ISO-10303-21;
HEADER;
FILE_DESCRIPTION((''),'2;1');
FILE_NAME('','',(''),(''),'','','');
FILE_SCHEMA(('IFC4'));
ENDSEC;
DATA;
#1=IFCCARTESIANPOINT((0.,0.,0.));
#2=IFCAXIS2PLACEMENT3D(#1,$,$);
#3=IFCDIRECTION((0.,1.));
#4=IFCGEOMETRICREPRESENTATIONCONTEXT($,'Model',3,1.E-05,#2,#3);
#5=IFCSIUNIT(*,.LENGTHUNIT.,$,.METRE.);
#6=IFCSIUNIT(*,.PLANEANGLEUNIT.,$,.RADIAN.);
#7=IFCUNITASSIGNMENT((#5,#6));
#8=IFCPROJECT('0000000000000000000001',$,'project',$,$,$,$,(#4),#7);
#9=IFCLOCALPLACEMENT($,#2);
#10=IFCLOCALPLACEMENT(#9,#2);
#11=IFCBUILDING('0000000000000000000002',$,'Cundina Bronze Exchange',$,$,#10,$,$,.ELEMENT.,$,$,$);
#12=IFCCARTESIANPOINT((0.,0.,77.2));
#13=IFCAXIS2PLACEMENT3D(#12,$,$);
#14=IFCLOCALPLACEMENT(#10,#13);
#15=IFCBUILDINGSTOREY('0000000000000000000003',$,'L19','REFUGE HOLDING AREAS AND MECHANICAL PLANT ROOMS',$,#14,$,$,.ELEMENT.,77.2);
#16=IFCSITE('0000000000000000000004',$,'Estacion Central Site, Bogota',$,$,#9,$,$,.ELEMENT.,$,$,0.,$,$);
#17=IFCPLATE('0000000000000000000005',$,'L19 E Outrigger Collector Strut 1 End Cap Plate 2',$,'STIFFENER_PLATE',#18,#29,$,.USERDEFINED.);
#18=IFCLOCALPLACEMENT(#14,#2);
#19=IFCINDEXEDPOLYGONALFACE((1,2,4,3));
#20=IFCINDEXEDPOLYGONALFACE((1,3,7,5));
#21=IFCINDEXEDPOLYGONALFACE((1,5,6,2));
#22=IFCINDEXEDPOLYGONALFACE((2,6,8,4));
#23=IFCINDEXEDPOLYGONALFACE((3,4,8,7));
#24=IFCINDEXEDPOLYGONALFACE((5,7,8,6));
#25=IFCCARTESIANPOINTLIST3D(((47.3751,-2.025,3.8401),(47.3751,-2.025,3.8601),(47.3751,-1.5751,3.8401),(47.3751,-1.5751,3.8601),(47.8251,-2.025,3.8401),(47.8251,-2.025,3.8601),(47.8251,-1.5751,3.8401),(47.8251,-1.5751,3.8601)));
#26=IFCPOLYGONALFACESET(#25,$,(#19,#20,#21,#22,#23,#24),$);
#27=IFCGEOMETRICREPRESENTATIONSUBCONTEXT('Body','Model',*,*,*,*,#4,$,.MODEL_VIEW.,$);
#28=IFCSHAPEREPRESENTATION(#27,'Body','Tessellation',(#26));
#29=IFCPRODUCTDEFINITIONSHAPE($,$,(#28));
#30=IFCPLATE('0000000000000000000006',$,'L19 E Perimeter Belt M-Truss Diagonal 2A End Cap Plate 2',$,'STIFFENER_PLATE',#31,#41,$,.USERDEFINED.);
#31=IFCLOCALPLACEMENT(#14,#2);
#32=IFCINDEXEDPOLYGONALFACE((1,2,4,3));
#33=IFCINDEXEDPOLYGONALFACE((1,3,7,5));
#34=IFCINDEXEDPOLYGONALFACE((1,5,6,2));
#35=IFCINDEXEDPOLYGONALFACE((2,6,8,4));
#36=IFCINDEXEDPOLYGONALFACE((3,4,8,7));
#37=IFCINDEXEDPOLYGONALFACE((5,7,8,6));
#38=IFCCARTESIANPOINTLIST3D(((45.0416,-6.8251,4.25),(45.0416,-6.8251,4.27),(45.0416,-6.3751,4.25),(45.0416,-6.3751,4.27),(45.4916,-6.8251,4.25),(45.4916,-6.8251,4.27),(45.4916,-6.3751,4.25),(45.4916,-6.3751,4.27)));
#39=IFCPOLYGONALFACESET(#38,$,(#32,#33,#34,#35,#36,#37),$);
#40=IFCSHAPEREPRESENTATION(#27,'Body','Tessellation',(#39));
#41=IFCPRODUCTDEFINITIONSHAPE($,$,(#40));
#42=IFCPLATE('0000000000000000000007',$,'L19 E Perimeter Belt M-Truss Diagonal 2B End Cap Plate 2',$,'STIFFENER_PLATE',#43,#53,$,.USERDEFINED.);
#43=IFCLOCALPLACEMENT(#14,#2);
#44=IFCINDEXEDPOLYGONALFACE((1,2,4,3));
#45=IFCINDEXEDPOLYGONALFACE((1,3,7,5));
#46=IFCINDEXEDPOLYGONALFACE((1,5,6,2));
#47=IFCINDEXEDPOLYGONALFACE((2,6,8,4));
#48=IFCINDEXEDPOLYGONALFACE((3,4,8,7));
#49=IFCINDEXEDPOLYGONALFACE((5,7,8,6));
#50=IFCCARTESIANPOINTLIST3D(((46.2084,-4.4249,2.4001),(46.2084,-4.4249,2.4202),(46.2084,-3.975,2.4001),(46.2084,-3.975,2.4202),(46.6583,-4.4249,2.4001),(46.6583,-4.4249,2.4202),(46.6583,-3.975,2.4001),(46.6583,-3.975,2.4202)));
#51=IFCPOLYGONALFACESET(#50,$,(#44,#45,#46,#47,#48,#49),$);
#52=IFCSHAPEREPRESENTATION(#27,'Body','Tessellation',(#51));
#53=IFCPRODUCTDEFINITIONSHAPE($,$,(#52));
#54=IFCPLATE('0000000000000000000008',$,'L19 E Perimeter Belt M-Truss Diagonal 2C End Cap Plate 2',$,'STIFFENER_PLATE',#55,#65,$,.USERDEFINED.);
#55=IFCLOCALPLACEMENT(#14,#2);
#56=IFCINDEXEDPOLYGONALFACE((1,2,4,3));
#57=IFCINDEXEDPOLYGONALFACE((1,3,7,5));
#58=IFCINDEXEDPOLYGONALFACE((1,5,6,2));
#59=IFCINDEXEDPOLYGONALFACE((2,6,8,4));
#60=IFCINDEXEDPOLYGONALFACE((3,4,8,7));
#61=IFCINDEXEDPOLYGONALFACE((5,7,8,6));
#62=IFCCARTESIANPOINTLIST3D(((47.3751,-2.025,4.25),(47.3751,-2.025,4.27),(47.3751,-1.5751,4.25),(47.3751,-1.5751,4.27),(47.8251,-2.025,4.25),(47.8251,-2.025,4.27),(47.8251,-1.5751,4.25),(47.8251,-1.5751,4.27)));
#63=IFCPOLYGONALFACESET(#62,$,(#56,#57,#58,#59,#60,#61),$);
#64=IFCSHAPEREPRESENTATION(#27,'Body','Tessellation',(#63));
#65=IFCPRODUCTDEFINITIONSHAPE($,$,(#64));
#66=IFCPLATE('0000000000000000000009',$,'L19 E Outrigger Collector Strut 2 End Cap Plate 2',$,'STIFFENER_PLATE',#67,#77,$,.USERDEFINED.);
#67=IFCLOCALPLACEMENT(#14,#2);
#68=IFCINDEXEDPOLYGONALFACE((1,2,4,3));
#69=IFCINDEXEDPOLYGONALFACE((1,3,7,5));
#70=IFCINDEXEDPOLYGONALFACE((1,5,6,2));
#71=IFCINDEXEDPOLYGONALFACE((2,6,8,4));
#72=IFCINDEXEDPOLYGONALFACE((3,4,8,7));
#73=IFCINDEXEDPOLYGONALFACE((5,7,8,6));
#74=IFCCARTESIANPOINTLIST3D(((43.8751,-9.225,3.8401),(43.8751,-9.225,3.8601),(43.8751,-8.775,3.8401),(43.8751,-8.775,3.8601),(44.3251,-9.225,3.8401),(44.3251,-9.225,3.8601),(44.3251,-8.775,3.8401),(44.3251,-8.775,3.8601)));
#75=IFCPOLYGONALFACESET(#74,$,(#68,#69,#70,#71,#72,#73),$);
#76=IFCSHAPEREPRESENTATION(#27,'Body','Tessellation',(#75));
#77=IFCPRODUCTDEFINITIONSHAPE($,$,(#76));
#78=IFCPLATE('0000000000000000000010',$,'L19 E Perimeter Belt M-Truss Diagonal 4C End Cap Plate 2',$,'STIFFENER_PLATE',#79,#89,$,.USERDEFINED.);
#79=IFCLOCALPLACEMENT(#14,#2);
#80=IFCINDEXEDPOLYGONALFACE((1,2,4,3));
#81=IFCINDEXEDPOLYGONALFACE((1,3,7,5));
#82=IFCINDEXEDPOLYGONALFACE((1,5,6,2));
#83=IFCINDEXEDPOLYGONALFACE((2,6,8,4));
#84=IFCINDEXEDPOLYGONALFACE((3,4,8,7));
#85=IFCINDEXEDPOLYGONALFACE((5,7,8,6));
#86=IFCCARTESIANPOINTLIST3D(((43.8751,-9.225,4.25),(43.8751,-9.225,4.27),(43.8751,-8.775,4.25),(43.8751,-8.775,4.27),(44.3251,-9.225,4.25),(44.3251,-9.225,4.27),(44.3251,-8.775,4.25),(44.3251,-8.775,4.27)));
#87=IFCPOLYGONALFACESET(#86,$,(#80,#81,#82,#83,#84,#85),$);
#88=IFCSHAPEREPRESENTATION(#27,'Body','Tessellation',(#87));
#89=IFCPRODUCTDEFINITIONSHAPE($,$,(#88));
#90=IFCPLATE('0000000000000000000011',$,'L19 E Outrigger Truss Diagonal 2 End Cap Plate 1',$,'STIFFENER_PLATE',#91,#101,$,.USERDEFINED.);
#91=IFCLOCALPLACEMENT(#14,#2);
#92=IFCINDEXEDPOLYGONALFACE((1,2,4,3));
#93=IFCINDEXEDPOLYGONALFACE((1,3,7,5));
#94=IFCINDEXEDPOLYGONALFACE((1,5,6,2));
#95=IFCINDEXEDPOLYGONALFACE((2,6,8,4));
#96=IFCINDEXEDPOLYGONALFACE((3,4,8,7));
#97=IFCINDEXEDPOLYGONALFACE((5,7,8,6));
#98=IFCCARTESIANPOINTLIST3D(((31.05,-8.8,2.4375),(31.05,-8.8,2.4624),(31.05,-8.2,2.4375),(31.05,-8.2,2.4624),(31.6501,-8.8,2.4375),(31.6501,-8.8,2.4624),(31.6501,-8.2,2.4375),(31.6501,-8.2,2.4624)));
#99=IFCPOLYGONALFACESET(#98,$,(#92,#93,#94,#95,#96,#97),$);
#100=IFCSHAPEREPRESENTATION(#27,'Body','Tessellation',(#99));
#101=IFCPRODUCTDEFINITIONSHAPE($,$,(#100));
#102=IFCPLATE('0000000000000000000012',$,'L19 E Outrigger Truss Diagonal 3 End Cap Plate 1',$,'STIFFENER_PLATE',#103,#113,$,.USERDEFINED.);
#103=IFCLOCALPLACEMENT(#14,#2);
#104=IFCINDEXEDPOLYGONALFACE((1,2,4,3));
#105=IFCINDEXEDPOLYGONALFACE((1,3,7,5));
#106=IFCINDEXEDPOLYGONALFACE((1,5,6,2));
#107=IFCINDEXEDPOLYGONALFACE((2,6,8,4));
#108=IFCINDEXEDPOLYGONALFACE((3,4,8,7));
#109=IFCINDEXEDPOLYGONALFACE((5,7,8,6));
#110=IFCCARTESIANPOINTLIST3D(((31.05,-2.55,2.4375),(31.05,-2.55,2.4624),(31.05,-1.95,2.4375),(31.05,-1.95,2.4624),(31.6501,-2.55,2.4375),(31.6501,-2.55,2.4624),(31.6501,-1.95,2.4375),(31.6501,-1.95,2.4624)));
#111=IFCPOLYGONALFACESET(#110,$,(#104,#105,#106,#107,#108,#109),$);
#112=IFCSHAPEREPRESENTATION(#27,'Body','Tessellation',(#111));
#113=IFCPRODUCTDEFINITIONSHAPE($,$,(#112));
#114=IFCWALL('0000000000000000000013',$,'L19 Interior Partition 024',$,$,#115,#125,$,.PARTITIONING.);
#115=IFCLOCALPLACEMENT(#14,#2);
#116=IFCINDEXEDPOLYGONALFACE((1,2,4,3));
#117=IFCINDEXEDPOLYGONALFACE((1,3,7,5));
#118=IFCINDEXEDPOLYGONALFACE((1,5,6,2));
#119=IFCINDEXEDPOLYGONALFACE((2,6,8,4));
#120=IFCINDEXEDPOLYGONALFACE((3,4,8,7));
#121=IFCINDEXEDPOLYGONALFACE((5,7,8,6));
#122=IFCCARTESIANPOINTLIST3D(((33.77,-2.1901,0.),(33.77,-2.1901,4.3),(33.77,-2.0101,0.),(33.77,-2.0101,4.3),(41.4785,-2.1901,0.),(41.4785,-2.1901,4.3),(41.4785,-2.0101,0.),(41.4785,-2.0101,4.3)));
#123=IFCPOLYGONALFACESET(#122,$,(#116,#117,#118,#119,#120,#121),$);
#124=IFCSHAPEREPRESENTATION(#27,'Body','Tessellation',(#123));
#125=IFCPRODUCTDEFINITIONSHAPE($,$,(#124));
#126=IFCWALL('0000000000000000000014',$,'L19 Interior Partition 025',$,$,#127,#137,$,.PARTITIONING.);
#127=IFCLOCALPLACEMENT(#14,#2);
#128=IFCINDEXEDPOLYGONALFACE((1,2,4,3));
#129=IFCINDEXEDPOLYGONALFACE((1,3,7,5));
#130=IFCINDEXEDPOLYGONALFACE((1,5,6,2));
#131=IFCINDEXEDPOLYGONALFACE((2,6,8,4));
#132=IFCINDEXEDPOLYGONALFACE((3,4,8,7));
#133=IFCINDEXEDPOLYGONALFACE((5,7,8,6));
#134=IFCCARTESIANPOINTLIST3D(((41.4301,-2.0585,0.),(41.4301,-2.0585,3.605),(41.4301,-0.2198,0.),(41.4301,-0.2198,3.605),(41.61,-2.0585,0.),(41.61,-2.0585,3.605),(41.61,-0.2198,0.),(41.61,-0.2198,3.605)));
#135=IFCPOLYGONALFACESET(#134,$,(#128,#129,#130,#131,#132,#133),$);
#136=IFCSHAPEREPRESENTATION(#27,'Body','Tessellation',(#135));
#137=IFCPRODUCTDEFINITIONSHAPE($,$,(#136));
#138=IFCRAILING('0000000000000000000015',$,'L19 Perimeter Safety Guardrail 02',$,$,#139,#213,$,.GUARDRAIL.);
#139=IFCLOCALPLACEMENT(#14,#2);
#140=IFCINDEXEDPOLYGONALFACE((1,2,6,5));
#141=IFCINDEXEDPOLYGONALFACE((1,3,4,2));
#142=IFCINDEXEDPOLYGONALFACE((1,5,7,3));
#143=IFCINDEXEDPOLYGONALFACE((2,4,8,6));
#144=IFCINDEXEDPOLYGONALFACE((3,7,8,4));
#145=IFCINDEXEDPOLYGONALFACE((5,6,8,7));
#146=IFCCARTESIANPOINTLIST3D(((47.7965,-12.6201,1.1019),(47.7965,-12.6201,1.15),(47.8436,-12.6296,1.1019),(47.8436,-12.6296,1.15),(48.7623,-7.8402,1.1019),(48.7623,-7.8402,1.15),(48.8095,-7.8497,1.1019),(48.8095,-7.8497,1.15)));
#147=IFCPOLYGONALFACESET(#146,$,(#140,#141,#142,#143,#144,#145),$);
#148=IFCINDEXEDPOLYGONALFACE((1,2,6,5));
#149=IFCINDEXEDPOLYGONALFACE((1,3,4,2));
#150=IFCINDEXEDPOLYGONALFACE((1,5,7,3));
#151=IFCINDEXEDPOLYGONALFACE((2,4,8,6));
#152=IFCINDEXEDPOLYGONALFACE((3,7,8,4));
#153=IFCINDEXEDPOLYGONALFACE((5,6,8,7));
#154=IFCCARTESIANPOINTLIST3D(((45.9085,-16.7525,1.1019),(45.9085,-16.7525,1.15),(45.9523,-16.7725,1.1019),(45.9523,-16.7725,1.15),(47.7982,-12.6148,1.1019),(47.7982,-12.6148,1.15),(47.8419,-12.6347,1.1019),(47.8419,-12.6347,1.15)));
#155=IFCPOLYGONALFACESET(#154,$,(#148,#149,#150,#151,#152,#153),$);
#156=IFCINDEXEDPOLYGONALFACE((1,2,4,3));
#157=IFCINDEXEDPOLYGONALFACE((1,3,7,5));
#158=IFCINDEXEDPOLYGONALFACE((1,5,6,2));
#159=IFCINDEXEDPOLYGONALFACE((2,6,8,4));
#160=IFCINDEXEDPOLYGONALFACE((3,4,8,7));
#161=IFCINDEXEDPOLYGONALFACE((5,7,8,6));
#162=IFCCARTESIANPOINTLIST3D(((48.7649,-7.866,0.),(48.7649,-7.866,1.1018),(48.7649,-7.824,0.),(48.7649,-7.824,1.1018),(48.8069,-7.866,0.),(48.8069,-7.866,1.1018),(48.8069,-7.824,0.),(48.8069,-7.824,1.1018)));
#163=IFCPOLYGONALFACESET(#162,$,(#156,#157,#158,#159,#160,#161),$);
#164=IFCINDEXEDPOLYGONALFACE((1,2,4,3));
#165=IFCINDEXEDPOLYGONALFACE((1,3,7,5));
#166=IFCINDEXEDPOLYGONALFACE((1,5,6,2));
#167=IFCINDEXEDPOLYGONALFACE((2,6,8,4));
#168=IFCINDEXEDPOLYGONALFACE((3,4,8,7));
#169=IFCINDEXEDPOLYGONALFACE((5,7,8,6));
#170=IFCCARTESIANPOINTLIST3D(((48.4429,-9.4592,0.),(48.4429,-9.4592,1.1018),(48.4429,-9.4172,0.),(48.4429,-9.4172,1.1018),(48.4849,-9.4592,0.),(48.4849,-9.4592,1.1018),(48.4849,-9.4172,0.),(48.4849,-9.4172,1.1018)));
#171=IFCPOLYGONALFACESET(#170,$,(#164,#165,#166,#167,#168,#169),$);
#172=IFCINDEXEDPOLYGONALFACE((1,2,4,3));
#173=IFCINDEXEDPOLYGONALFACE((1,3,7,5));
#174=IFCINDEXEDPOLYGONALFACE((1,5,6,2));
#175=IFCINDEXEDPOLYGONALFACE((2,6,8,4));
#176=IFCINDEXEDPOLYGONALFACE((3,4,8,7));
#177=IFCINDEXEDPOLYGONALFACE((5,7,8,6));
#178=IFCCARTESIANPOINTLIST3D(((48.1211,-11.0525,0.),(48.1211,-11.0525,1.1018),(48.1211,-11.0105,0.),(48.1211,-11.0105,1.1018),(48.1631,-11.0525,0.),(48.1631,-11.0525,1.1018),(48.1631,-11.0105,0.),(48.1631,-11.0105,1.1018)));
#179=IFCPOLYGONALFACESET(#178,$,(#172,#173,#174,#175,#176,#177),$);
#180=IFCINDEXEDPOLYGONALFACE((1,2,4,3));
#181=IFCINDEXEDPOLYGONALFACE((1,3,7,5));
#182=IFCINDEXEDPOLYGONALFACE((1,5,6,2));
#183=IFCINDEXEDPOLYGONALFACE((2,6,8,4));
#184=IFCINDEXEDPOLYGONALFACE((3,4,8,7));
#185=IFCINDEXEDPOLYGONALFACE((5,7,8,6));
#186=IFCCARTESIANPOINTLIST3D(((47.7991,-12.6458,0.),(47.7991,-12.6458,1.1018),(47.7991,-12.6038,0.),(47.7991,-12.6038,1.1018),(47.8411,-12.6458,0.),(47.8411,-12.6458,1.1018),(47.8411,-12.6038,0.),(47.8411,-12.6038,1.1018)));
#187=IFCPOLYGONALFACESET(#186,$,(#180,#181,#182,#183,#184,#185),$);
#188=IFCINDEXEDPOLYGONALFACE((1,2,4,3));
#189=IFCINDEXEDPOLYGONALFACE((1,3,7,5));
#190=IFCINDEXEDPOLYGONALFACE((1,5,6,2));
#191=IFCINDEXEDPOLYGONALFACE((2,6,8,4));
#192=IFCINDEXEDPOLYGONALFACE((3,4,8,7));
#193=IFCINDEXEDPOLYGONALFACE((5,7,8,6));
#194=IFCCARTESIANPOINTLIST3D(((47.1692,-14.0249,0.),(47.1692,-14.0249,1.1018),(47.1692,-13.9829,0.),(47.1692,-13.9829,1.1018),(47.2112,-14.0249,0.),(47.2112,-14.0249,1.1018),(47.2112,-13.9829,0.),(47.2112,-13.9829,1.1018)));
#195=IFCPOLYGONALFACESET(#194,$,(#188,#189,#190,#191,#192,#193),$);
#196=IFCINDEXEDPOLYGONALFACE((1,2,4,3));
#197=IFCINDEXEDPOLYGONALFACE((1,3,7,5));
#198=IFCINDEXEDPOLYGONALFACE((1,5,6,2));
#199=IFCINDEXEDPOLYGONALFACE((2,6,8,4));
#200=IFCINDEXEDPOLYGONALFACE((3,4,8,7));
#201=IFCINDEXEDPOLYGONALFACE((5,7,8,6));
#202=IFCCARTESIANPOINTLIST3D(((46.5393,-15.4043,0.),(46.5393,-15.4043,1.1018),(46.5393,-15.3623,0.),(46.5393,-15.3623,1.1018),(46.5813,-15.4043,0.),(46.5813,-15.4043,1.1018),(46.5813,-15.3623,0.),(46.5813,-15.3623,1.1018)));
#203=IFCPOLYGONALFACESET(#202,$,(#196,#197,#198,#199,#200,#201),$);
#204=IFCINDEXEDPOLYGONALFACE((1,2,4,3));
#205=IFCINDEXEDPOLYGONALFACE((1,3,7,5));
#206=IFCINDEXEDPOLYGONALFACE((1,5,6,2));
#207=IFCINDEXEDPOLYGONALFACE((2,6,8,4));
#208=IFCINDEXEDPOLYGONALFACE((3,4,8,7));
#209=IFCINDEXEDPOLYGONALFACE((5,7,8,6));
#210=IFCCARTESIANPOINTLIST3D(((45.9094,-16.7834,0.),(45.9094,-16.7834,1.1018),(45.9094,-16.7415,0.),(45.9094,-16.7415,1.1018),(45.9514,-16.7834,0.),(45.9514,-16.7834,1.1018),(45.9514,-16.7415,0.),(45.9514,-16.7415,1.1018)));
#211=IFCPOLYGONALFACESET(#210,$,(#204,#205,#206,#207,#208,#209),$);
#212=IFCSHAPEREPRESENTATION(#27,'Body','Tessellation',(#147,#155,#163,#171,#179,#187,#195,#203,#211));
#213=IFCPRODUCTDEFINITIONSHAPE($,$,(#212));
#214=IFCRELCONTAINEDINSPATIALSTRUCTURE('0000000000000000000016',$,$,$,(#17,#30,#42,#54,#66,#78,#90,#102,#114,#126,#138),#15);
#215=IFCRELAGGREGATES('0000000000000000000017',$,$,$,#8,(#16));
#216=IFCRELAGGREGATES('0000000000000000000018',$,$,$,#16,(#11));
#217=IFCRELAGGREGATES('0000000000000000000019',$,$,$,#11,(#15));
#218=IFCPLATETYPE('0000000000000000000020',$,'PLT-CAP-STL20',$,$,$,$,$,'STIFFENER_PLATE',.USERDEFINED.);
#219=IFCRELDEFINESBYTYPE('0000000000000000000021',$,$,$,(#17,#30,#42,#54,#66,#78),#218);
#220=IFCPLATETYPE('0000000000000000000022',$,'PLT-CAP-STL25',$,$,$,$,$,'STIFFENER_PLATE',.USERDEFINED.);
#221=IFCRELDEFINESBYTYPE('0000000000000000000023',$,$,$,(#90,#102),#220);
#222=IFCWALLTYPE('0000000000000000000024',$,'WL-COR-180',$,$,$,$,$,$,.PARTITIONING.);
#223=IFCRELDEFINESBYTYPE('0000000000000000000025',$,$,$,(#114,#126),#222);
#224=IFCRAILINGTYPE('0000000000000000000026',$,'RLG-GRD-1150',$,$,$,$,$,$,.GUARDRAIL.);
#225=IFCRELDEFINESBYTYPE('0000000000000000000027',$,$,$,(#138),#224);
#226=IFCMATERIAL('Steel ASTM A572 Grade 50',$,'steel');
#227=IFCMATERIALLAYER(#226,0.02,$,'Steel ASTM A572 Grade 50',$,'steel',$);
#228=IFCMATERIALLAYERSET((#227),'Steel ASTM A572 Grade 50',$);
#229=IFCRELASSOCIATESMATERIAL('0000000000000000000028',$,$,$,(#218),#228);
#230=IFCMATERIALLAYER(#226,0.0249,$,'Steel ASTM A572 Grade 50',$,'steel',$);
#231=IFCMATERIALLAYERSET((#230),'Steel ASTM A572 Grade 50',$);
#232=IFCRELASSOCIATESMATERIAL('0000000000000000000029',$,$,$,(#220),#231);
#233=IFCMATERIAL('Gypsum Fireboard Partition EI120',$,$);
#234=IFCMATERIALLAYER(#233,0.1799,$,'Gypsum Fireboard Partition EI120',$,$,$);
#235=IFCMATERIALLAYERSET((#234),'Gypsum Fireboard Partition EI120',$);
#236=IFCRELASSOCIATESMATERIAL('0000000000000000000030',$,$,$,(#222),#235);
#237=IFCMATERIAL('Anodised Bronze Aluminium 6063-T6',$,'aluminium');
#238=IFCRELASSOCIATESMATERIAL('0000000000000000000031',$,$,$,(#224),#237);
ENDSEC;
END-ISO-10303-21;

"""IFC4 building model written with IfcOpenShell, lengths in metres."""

from ifc_helpers import new_model, si_unit, direction, frame, frame_2d, origin, origin_2d, place, context, subcontext, project, spatial, rectangle, extrude, material, layer, layer_set, type_object, element, save


model = new_model("IFC4")

# Units and contexts
model_context = context("Model", 3, precision=1e-05, world=origin(), true_north=direction((0.0, 1.0)))
body_context = subcontext(model_context, "Body", "Model", "MODEL_VIEW")
ifc_project = project(units=[si_unit("LENGTHUNIT", "METRE"), si_unit("PLANEANGLEUNIT", "RADIAN")], contexts=[model_context])

# Site, building, storey
site_placement = place(None, origin())
site = spatial("IfcSite", under=ifc_project, at=site_placement, Name="Estacion Central Site, Bogota", CompositionType="ELEMENT", RefElevation=0.0)
building_placement = place(site_placement, origin())
building = spatial("IfcBuilding", under=site, at=building_placement, Name="Cundina Bronze Exchange", CompositionType="ELEMENT")
storey_placement = place(building_placement, frame((0.0, 0.0, 77.2)))
storey = spatial("IfcBuildingStorey", under=building, at=storey_placement, Name="L19", Description="REFUGE HOLDING AREAS AND MECHANICAL PLANT ROOMS", CompositionType="ELEMENT", Elevation=77.2)

# Plates
ifc_material_1 = material(Name="Steel ASTM A572 Grade 50", Category="steel")
ifc_layer_1 = layer(ifc_material_1, 0.02, Name="Steel ASTM A572 Grade 50", Category="steel")
ifc_layer_set_1 = layer_set([ifc_layer_1], Name="Steel ASTM A572 Grade 50")
plate_type_1 = type_object("IfcPlateType", Name="PLT-CAP-STL20", ElementType="STIFFENER_PLATE", PredefinedType="USERDEFINED", material=ifc_layer_set_1)
for number, where, z_axis, x_axis, name in (
    (1, (47.6001, -1.8, 3.8401), (0.0, 0.0, 1.0), (1.0, 0.0, 0.0), "L19 E Outrigger Collector Strut 1 End Cap Plate 2"),
    (2, (45.2666, -6.6001, 4.25), (0.0, 0.0, 1.0), (1.0, 0.0, 0.0), "L19 E Perimeter Belt M-Truss Diagonal 2A End Cap Plate 2"),
    (3, (46.4333, -4.2, 2.4001), (0.0, 0.0, 1.0), (1.0, 0.0, 0.0), "L19 E Perimeter Belt M-Truss Diagonal 2B End Cap Plate 2"),
    (4, (47.6001, -1.8, 4.25), (0.0, 0.0, 1.0), (1.0, 0.0, 0.0), "L19 E Perimeter Belt M-Truss Diagonal 2C End Cap Plate 2"),
    (5, (44.1001, -9.0, 3.8401), (0.0, 0.0, 1.0), (1.0, 0.0, 0.0), "L19 E Outrigger Collector Strut 2 End Cap Plate 2"),
    (6, (44.1001, -9.0, 4.25), (0.0, 0.0, 1.0), (1.0, 0.0, 0.0), "L19 E Perimeter Belt M-Truss Diagonal 4C End Cap Plate 2"),
):
    element("IfcPlate", number, at=place(storey_placement, frame(where, z_axis=z_axis, x_axis=x_axis)), inside=storey, type_object=plate_type_1, Name=name, ObjectType="STIFFENER_PLATE", PredefinedType="USERDEFINED", context=body_context, shape_type="SweptSolid", body=[
        extrude(rectangle(XDim=0.45, YDim=0.45, at=origin_2d()), origin(), (0.0, 0.0, 1.0), 0.02),
    ])
ifc_layer_2 = layer(ifc_material_1, 0.0249, Name="Steel ASTM A572 Grade 50", Category="steel")
ifc_layer_set_2 = layer_set([ifc_layer_2], Name="Steel ASTM A572 Grade 50")
plate_type_2 = type_object("IfcPlateType", Name="PLT-CAP-STL25", ElementType="STIFFENER_PLATE", PredefinedType="USERDEFINED", material=ifc_layer_set_2)
for number, where, z_axis, x_axis, name in (
    (7, (31.3501, -8.5, 2.4375), (0.0, 0.0, 1.0), (1.0, 0.0, 0.0), "L19 E Outrigger Truss Diagonal 2 End Cap Plate 1"),
    (8, (31.3501, -2.25, 2.4375), (0.0, 0.0, 1.0), (1.0, 0.0, 0.0), "L19 E Outrigger Truss Diagonal 3 End Cap Plate 1"),
):
    element("IfcPlate", number, at=place(storey_placement, frame(where, z_axis=z_axis, x_axis=x_axis)), inside=storey, type_object=plate_type_2, Name=name, ObjectType="STIFFENER_PLATE", PredefinedType="USERDEFINED", context=body_context, shape_type="SweptSolid", body=[
        extrude(rectangle(XDim=0.6001, YDim=0.6001, at=origin_2d()), origin(), (0.0, 0.0, 1.0), 0.0249),
    ])

# Walls
ifc_material_2 = material(Name="Gypsum Fireboard Partition EI120")
ifc_layer_3 = layer(ifc_material_2, 0.1799, Name="Gypsum Fireboard Partition EI120")
ifc_layer_set_3 = layer_set([ifc_layer_3], Name="Gypsum Fireboard Partition EI120")
wall_type = type_object("IfcWallType", Name="WL-COR-180", PredefinedType="PARTITIONING", material=ifc_layer_set_3)
wall_1_placement = place(storey_placement, frame((33.77, -2.1001, 0.0), z_axis=(0.0, 0.0, 1.0), x_axis=(1.0, 0.0, 0.0)))
element("IfcWall", 9, at=wall_1_placement, inside=storey, type_object=wall_type, Name="L19 Interior Partition 024", PredefinedType="PARTITIONING", context=body_context, shape_type="SweptSolid", body=[
    extrude(rectangle(XDim=7.7085, YDim=0.1799, at=frame_2d((3.8542, 0.0))), origin(), (0.0, 0.0, 1.0), 4.3),
])
wall_2_placement = place(storey_placement, frame((41.52, -2.0586, 0.0), z_axis=(0.0, 0.0, 1.0), x_axis=(0.0, 1.0, 0.0)))
element("IfcWall", 10, at=wall_2_placement, inside=storey, type_object=wall_type, Name="L19 Interior Partition 025", PredefinedType="PARTITIONING", context=body_context, shape_type="SweptSolid", body=[
    extrude(rectangle(XDim=1.8386, YDim=0.1799, at=frame_2d((0.9194, 0.0))), origin(), (0.0, 0.0, 1.0), 3.605),
])

# Railing
ifc_material_3 = material(Name="Anodised Bronze Aluminium 6063-T6", Category="aluminium")
railing_type = type_object("IfcRailingType", Name="RLG-GRD-1150", PredefinedType="GUARDRAIL", material=ifc_material_3)
railing_placement = place(storey_placement, frame((48.7859, -7.845, 0.0)))
element("IfcRailing", 11, at=railing_placement, inside=storey, type_object=railing_type, Name="L19 Perimeter Safety Guardrail 02", PredefinedType="GUARDRAIL", context=body_context, shape_type="SweptSolid", body=[
    extrude(rectangle(XDim=0.0481, YDim=0.0481, at=origin_2d()), frame((0.0, 0.0, 1.126), z_axis=(-0.198061, -0.98019, 0.0), x_axis=(0.98019, -0.198061, 0.0)), (0.0, 0.0, 1.0), 4.8765),
    extrude(rectangle(XDim=0.0481, YDim=0.0481, at=origin_2d()), frame((-0.9658, -4.7798, 1.126), z_axis=(-0.41542, -0.90963, 0.0), x_axis=(0.90963, -0.41542, 0.0)), (0.0, 0.0, 1.0), 4.5488),
    extrude(rectangle(XDim=0.042, YDim=0.042, at=origin_2d()), origin(), (0.0, 0.0, 1.0), 1.1018),
    extrude(rectangle(XDim=0.042, YDim=0.042, at=origin_2d()), frame((-0.322, -1.5933, 0.0)), (0.0, 0.0, 1.0), 1.1018),
    extrude(rectangle(XDim=0.042, YDim=0.042, at=origin_2d()), frame((-0.6438, -3.1865, 0.0)), (0.0, 0.0, 1.0), 1.1018),
    extrude(rectangle(XDim=0.042, YDim=0.042, at=origin_2d()), frame((-0.9658, -4.7798, 0.0)), (0.0, 0.0, 1.0), 1.1018),
    extrude(rectangle(XDim=0.042, YDim=0.042, at=origin_2d()), frame((-1.5957, -6.1589, 0.0)), (0.0, 0.0, 1.0), 1.1018),
    extrude(rectangle(XDim=0.042, YDim=0.042, at=origin_2d()), frame((-2.2256, -7.5383, 0.0)), (0.0, 0.0, 1.0), 1.1018),
    extrude(rectangle(XDim=0.042, YDim=0.042, at=origin_2d()), frame((-2.8555, -8.9175, 0.0)), (0.0, 0.0, 1.0), 1.1018),
])

save(model, "model.ifc")
